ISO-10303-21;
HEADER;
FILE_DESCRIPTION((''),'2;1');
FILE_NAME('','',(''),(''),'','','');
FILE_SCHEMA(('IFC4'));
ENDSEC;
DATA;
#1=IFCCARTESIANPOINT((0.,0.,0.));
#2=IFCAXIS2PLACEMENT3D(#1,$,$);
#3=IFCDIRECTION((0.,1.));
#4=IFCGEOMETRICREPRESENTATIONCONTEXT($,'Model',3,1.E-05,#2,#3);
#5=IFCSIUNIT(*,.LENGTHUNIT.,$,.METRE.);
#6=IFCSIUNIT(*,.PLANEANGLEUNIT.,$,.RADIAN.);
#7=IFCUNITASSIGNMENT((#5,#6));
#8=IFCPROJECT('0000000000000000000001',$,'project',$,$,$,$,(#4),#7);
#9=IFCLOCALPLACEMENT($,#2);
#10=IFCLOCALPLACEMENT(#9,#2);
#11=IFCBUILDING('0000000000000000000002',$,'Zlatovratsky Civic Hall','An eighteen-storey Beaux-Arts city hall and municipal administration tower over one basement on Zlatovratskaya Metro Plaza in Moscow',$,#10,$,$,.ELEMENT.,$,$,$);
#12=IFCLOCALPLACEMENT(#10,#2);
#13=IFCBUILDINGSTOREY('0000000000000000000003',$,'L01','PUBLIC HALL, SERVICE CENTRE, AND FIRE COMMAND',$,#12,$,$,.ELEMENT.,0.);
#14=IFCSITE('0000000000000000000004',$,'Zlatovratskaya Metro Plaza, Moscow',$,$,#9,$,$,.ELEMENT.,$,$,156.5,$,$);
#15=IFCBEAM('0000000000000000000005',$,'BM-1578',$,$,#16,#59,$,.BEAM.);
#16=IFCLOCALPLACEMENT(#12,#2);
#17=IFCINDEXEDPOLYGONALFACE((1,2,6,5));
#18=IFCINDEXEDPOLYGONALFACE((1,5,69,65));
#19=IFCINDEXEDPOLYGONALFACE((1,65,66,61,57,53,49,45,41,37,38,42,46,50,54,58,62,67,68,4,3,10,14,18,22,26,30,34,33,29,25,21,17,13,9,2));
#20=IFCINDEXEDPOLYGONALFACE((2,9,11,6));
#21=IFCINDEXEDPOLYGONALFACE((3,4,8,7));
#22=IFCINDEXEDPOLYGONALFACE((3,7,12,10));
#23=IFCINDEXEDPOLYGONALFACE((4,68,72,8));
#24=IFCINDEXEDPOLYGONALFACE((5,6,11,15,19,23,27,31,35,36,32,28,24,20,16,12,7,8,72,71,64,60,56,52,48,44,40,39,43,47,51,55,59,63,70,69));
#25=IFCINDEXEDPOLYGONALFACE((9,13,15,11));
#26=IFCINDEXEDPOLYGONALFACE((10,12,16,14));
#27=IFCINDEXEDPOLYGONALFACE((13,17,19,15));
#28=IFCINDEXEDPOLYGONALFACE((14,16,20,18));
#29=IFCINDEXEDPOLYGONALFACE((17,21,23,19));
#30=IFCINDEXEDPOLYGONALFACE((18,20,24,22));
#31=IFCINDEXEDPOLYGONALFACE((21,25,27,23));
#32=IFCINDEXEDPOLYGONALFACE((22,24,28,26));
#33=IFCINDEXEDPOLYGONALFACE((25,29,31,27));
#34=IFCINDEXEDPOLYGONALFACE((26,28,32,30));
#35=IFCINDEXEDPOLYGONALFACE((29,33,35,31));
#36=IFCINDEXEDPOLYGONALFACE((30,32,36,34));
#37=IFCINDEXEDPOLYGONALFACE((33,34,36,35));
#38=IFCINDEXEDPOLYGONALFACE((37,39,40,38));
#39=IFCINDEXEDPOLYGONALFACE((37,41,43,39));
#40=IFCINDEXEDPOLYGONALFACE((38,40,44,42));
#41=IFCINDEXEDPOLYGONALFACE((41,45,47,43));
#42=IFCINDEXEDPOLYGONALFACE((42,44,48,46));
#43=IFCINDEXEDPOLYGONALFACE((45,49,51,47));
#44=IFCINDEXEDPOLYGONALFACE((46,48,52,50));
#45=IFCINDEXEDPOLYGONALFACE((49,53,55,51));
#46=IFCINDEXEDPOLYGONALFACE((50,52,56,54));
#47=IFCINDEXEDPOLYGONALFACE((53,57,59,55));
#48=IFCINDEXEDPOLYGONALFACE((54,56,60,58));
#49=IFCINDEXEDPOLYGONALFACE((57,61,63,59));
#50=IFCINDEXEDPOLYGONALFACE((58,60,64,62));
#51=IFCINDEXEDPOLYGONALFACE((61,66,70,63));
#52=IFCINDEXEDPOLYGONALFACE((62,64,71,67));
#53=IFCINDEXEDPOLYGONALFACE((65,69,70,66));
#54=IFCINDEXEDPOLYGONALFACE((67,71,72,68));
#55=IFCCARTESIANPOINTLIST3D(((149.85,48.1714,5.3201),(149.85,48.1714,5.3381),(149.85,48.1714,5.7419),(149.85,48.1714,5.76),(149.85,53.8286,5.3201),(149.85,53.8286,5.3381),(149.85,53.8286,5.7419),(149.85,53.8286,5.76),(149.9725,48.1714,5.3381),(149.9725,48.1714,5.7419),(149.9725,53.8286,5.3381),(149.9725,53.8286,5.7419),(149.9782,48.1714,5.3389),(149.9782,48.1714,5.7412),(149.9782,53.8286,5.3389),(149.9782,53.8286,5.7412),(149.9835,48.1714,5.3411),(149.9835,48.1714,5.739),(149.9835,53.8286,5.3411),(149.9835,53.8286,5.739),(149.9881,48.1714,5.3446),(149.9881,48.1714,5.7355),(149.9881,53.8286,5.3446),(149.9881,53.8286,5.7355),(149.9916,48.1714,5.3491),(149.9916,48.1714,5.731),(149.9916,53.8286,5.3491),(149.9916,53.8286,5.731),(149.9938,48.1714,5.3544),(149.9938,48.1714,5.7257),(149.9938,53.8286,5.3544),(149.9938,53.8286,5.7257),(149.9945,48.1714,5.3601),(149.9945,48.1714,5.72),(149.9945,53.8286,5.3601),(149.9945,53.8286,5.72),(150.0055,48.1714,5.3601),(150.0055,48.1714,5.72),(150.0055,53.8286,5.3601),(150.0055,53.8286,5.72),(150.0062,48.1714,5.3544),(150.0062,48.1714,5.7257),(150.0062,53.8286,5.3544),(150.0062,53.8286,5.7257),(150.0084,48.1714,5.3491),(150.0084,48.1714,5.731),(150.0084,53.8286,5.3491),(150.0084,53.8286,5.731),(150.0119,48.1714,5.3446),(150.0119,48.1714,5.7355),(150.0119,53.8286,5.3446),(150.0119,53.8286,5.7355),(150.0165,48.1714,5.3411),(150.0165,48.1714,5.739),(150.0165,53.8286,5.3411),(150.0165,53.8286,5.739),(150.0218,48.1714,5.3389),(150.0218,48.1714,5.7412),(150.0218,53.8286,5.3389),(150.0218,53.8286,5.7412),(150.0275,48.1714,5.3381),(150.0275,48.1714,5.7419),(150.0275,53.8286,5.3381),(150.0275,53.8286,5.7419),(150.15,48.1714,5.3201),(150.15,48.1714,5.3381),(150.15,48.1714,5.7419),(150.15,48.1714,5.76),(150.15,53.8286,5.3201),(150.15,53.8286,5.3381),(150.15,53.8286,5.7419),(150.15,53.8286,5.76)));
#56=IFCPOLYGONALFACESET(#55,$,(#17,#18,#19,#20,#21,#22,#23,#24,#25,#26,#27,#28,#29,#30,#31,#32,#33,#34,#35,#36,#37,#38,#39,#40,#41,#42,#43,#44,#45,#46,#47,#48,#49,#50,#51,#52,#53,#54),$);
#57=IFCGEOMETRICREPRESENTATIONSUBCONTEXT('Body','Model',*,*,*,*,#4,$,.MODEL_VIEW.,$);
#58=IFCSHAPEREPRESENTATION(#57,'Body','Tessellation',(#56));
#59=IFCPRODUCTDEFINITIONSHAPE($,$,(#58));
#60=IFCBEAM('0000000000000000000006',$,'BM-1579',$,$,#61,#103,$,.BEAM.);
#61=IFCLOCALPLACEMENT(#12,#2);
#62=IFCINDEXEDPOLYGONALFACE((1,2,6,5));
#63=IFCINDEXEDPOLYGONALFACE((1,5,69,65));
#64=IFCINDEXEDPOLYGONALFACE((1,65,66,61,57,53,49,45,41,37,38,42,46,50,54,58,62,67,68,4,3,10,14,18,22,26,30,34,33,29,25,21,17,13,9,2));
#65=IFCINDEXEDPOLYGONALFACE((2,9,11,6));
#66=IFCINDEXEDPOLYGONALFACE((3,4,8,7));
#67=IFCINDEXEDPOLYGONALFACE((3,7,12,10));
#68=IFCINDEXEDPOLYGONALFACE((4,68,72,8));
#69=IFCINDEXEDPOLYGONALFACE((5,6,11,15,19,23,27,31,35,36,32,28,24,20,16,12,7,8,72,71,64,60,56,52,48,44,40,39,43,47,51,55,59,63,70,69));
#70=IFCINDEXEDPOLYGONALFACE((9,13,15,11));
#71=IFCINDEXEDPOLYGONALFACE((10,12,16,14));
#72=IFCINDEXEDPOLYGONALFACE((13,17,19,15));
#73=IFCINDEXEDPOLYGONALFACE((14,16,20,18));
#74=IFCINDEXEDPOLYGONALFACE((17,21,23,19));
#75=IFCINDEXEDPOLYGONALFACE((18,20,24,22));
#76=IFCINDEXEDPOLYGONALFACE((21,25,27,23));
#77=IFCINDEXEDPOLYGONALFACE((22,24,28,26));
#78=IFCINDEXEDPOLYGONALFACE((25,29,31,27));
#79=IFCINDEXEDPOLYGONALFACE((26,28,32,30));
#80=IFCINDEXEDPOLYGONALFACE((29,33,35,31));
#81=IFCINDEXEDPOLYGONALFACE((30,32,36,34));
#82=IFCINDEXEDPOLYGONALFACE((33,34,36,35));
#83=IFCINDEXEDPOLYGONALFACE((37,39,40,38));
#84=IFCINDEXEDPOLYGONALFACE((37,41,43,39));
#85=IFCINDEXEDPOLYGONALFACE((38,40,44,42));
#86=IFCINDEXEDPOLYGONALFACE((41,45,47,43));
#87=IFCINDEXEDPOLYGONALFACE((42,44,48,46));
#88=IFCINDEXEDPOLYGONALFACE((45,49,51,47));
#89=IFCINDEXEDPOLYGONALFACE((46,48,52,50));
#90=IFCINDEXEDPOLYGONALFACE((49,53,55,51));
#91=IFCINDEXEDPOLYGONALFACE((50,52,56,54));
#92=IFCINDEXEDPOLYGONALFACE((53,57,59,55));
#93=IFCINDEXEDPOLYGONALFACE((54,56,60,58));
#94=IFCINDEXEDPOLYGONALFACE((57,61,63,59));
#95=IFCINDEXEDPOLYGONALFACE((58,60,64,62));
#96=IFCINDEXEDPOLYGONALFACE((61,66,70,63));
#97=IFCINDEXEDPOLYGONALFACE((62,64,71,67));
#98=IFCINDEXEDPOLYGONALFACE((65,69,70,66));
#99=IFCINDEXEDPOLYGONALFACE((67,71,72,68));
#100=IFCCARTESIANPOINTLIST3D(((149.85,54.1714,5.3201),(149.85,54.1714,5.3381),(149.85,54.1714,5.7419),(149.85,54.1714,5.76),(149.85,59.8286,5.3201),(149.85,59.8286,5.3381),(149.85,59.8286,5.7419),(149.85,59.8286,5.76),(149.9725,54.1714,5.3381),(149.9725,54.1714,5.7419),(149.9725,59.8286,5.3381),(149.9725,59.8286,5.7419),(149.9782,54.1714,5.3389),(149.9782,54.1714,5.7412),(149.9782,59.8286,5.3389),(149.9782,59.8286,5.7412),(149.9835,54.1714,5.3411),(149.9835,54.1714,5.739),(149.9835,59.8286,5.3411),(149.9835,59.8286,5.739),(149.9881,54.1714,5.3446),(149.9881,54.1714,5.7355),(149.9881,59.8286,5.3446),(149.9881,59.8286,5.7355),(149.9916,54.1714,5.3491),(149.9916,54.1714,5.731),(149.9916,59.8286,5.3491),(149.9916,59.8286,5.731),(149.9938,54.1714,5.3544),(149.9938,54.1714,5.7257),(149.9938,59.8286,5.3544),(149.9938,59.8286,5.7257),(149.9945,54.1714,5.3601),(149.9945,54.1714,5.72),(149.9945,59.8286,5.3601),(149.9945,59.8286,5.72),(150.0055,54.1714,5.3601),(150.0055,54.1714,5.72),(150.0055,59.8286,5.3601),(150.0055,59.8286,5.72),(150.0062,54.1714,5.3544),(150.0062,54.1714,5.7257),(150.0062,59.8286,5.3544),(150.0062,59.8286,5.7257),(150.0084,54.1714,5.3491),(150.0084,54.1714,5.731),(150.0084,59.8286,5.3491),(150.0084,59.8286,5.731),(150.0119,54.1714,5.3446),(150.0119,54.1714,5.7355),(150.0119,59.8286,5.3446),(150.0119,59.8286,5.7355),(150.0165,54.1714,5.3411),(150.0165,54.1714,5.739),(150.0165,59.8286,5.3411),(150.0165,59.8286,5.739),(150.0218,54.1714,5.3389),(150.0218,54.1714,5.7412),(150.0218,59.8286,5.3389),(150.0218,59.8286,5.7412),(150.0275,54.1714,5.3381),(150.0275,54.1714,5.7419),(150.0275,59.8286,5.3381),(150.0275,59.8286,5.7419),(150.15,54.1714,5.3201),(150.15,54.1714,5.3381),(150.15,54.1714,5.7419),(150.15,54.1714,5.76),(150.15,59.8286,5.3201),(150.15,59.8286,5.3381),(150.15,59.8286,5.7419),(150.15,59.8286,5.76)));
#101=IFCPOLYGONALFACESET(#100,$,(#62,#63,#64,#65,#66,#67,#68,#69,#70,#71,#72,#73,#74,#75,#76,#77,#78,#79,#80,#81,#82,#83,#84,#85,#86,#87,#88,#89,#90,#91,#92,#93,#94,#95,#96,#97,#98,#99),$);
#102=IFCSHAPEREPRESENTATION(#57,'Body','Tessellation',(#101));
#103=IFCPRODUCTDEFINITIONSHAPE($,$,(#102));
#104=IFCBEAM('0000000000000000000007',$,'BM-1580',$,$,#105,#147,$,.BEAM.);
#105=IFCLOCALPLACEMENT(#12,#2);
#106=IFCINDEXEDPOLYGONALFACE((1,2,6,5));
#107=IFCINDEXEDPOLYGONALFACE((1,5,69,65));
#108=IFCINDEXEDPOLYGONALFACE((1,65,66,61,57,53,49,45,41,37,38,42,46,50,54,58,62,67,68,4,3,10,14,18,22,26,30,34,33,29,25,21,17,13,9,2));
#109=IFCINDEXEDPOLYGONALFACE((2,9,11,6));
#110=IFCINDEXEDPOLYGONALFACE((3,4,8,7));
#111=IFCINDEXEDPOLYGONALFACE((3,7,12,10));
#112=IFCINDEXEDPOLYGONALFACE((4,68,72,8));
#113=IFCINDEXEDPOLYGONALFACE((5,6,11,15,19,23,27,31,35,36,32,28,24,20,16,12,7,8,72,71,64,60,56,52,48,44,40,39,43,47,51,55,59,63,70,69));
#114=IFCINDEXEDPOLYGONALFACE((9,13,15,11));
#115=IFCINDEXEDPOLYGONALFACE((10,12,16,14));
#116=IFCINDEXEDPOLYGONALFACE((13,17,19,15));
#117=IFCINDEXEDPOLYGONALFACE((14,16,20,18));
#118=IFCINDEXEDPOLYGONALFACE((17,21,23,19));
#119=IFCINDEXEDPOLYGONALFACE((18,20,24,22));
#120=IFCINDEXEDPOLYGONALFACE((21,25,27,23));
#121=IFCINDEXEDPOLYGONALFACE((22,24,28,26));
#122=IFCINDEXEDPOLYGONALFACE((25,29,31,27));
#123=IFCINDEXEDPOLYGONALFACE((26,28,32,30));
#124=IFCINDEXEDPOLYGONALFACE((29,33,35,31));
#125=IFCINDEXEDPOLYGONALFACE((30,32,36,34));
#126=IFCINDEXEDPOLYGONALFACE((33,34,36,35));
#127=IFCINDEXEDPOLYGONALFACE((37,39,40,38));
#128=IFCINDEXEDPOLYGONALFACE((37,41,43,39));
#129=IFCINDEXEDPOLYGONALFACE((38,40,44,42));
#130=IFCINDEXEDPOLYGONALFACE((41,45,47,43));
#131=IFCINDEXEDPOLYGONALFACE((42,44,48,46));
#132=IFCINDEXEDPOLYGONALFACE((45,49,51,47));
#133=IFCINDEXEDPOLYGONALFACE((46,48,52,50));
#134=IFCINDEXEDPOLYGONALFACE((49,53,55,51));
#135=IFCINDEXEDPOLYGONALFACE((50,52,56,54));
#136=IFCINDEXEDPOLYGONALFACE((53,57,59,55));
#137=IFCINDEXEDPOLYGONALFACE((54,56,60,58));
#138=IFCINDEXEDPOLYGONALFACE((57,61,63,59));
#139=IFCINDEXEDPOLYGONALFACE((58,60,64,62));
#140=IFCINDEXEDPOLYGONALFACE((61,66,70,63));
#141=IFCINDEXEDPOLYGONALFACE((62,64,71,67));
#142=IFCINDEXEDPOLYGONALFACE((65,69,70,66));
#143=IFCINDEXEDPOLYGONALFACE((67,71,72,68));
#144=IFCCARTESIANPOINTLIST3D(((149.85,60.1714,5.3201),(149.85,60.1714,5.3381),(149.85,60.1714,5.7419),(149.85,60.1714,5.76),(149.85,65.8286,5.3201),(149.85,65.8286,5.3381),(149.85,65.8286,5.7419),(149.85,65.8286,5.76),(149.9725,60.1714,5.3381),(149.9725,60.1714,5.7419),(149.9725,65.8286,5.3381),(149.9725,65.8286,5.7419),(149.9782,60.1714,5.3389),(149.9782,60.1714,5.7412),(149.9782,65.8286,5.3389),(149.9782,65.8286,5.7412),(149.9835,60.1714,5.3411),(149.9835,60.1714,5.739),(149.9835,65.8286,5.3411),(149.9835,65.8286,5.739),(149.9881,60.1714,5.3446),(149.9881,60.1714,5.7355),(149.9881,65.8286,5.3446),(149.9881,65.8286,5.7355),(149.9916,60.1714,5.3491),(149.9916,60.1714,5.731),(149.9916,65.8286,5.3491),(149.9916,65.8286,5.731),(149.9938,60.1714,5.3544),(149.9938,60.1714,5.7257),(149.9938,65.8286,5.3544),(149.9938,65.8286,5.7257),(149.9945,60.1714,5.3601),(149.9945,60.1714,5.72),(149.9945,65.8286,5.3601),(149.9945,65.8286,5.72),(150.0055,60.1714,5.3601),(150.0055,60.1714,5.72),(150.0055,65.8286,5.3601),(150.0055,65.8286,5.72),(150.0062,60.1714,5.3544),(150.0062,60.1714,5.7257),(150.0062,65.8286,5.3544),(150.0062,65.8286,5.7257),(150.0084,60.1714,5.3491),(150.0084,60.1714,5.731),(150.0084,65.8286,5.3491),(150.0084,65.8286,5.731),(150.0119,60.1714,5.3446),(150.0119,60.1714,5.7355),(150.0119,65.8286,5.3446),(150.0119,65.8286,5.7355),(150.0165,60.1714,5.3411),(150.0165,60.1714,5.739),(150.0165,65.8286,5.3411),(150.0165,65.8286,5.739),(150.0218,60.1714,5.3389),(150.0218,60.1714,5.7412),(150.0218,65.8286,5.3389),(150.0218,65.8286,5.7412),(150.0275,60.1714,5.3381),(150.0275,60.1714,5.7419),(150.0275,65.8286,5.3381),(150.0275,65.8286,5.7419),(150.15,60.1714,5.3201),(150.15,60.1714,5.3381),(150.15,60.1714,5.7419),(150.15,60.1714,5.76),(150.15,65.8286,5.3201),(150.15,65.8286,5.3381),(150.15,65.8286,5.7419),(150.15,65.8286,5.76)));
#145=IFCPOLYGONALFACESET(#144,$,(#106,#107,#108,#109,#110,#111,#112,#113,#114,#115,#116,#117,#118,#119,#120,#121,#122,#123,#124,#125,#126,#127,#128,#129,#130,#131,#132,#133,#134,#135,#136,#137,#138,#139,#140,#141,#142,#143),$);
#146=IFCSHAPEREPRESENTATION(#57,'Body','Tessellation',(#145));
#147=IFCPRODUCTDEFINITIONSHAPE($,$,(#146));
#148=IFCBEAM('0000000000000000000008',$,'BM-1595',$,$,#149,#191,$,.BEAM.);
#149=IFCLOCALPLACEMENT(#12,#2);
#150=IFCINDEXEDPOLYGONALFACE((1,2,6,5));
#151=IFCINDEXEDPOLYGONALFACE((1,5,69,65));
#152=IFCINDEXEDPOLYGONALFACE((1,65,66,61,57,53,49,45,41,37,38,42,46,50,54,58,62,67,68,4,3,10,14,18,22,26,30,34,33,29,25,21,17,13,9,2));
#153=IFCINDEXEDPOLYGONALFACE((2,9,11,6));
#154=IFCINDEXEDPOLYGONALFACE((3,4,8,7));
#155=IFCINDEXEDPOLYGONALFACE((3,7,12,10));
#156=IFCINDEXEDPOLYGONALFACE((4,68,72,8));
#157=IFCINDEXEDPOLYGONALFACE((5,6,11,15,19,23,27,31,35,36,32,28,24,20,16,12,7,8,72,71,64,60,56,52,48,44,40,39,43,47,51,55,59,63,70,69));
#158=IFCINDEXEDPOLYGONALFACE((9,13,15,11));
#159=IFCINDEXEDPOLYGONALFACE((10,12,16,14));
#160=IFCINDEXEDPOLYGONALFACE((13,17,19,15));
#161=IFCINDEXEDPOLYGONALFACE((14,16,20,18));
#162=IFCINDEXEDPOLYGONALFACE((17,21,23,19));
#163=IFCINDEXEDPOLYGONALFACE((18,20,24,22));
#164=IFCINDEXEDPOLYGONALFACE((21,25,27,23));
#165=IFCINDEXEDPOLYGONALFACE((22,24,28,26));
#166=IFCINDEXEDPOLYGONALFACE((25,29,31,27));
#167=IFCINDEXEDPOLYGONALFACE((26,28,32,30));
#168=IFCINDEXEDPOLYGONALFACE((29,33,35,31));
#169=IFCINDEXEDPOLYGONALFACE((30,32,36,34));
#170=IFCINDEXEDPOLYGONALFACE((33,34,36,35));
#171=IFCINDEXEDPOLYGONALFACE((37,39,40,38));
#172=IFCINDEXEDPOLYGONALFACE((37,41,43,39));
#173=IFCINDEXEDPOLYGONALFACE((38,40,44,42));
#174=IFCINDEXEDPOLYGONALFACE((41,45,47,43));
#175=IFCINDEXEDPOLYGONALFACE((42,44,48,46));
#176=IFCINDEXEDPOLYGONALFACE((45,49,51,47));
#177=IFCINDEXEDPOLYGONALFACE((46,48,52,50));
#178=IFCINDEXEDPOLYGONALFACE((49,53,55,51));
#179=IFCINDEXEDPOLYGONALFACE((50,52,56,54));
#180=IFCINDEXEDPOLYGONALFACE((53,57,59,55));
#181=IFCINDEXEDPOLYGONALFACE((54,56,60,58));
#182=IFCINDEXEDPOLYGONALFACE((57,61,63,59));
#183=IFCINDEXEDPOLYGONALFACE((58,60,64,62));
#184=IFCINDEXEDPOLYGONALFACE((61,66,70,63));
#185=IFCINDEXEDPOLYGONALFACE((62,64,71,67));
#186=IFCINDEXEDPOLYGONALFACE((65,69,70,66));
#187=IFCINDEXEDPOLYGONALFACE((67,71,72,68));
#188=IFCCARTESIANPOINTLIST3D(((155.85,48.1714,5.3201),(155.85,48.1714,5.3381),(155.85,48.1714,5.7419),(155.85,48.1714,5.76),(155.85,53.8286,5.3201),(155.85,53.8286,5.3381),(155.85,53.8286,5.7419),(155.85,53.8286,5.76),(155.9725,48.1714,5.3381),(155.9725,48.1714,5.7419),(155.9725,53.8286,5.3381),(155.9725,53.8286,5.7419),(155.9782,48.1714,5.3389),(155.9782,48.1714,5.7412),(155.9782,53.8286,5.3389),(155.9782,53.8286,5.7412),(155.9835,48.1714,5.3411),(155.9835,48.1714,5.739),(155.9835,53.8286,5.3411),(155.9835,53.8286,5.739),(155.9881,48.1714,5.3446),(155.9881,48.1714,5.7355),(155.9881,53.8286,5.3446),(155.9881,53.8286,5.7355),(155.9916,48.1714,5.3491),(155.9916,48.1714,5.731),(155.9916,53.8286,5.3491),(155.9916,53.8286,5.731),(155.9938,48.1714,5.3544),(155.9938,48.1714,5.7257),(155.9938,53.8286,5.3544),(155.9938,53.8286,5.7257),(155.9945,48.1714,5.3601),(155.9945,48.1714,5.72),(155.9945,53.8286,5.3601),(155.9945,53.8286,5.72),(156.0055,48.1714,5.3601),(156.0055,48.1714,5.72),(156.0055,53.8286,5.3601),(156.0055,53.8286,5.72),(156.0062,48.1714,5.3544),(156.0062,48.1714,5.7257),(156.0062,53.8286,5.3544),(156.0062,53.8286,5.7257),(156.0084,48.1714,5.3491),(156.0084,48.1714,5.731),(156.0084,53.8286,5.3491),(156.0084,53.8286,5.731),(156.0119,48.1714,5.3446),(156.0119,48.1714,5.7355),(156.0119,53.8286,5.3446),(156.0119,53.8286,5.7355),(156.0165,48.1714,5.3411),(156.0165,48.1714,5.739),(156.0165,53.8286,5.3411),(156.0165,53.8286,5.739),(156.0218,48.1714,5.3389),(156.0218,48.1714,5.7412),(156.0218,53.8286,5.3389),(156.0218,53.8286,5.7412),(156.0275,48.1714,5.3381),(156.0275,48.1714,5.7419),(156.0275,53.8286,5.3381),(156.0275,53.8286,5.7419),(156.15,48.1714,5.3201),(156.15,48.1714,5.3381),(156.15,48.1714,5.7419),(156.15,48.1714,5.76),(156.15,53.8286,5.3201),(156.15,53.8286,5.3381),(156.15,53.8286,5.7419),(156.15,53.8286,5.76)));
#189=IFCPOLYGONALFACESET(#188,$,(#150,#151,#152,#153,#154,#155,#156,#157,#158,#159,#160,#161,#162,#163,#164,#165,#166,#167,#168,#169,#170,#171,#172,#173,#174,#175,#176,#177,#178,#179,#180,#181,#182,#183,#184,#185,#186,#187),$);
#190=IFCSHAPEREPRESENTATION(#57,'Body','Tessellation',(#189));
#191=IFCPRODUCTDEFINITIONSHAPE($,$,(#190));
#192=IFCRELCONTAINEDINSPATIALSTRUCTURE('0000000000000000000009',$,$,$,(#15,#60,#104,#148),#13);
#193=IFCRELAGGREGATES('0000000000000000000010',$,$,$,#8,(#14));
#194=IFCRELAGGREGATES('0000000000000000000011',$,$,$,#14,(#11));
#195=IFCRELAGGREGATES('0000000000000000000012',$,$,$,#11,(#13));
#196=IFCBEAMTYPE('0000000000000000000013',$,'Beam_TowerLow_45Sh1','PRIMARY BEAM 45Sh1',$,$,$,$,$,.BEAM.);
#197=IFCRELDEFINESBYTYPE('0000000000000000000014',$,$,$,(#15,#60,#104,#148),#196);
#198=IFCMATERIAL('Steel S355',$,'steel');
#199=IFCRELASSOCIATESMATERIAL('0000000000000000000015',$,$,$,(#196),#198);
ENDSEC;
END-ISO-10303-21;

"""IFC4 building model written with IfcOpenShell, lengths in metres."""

from ifc_helpers import new_model, si_unit, direction, frame, origin, origin_2d, place, context, subcontext, project, spatial, i_section, extrude, material, material_profile, profile_set, type_object, element, save


model = new_model("IFC4")

# Units and contexts
model_context = context("Model", 3, precision=1e-05, world=origin(), true_north=direction((0.0, 1.0)))
body_context = subcontext(model_context, "Body", "Model", "MODEL_VIEW")
ifc_project = project(units=[si_unit("LENGTHUNIT", "METRE"), si_unit("PLANEANGLEUNIT", "RADIAN")], contexts=[model_context])

# Site, building, storey
site_placement = place(None, origin())
site = spatial("IfcSite", under=ifc_project, at=site_placement, Name="Zlatovratskaya Metro Plaza, Moscow", CompositionType="ELEMENT", RefElevation=156.5)
building_placement = place(site_placement, origin())
building = spatial("IfcBuilding", under=site, at=building_placement, Name="Zlatovratsky Civic Hall", Description="An eighteen-storey Beaux-Arts city hall and municipal administration tower over one basement on Zlatovratskaya Metro Plaza in Moscow", CompositionType="ELEMENT")
storey_placement = place(building_placement, origin())
storey = spatial("IfcBuildingStorey", under=building, at=storey_placement, Name="L01", Description="PUBLIC HALL, SERVICE CENTRE, AND FIRE COMMAND", CompositionType="ELEMENT", Elevation=0.0)

# Shared definitions
ifc_material_1 = material(Name="Steel S355", Category="steel")

# Beams
ifc_material_profile_1 = material_profile(ifc_material_1, i_section(OverallWidth=0.3, OverallDepth=0.4399, WebThickness=0.011, FlangeThickness=0.0181, FilletRadius=0.022, at=origin_2d()), Name="45Sh1")
ifc_profile_set_1 = profile_set([ifc_material_profile_1], Name="Steel S355")
beam_type_1 = type_object("IfcBeamType", Name="Beam_TowerLow_45Sh1", Description="PRIMARY BEAM 45Sh1", PredefinedType="BEAM", material=ifc_profile_set_1)
for number, where, z_axis, x_axis, name in (
    (1, (150.0, 48.1714, 5.54), (0.0, 1.0, 0.0), (-1.0, 0.0, 0.0), "BM-1578"),
    (2, (150.0, 54.1714, 5.54), (0.0, 1.0, 0.0), (-1.0, 0.0, 0.0), "BM-1579"),
    (3, (150.0, 60.1714, 5.54), (0.0, 1.0, 0.0), (-1.0, 0.0, 0.0), "BM-1580"),
    (4, (156.0, 48.1714, 5.54), (0.0, 1.0, 0.0), (-1.0, 0.0, 0.0), "BM-1595"),
):
    element("IfcBeam", number, at=place(storey_placement, frame(where, z_axis=z_axis, x_axis=x_axis)), inside=storey, type_object=beam_type_1, Name=name, PredefinedType="BEAM", context=body_context, shape_type="SweptSolid", body=[
        extrude(i_section(OverallWidth=0.3, OverallDepth=0.4399, WebThickness=0.011, FlangeThickness=0.0181, FilletRadius=0.022, at=origin_2d()), origin(), (0.0, 0.0, 1.0), 5.6572),
    ])

save(model, "model.ifc")
